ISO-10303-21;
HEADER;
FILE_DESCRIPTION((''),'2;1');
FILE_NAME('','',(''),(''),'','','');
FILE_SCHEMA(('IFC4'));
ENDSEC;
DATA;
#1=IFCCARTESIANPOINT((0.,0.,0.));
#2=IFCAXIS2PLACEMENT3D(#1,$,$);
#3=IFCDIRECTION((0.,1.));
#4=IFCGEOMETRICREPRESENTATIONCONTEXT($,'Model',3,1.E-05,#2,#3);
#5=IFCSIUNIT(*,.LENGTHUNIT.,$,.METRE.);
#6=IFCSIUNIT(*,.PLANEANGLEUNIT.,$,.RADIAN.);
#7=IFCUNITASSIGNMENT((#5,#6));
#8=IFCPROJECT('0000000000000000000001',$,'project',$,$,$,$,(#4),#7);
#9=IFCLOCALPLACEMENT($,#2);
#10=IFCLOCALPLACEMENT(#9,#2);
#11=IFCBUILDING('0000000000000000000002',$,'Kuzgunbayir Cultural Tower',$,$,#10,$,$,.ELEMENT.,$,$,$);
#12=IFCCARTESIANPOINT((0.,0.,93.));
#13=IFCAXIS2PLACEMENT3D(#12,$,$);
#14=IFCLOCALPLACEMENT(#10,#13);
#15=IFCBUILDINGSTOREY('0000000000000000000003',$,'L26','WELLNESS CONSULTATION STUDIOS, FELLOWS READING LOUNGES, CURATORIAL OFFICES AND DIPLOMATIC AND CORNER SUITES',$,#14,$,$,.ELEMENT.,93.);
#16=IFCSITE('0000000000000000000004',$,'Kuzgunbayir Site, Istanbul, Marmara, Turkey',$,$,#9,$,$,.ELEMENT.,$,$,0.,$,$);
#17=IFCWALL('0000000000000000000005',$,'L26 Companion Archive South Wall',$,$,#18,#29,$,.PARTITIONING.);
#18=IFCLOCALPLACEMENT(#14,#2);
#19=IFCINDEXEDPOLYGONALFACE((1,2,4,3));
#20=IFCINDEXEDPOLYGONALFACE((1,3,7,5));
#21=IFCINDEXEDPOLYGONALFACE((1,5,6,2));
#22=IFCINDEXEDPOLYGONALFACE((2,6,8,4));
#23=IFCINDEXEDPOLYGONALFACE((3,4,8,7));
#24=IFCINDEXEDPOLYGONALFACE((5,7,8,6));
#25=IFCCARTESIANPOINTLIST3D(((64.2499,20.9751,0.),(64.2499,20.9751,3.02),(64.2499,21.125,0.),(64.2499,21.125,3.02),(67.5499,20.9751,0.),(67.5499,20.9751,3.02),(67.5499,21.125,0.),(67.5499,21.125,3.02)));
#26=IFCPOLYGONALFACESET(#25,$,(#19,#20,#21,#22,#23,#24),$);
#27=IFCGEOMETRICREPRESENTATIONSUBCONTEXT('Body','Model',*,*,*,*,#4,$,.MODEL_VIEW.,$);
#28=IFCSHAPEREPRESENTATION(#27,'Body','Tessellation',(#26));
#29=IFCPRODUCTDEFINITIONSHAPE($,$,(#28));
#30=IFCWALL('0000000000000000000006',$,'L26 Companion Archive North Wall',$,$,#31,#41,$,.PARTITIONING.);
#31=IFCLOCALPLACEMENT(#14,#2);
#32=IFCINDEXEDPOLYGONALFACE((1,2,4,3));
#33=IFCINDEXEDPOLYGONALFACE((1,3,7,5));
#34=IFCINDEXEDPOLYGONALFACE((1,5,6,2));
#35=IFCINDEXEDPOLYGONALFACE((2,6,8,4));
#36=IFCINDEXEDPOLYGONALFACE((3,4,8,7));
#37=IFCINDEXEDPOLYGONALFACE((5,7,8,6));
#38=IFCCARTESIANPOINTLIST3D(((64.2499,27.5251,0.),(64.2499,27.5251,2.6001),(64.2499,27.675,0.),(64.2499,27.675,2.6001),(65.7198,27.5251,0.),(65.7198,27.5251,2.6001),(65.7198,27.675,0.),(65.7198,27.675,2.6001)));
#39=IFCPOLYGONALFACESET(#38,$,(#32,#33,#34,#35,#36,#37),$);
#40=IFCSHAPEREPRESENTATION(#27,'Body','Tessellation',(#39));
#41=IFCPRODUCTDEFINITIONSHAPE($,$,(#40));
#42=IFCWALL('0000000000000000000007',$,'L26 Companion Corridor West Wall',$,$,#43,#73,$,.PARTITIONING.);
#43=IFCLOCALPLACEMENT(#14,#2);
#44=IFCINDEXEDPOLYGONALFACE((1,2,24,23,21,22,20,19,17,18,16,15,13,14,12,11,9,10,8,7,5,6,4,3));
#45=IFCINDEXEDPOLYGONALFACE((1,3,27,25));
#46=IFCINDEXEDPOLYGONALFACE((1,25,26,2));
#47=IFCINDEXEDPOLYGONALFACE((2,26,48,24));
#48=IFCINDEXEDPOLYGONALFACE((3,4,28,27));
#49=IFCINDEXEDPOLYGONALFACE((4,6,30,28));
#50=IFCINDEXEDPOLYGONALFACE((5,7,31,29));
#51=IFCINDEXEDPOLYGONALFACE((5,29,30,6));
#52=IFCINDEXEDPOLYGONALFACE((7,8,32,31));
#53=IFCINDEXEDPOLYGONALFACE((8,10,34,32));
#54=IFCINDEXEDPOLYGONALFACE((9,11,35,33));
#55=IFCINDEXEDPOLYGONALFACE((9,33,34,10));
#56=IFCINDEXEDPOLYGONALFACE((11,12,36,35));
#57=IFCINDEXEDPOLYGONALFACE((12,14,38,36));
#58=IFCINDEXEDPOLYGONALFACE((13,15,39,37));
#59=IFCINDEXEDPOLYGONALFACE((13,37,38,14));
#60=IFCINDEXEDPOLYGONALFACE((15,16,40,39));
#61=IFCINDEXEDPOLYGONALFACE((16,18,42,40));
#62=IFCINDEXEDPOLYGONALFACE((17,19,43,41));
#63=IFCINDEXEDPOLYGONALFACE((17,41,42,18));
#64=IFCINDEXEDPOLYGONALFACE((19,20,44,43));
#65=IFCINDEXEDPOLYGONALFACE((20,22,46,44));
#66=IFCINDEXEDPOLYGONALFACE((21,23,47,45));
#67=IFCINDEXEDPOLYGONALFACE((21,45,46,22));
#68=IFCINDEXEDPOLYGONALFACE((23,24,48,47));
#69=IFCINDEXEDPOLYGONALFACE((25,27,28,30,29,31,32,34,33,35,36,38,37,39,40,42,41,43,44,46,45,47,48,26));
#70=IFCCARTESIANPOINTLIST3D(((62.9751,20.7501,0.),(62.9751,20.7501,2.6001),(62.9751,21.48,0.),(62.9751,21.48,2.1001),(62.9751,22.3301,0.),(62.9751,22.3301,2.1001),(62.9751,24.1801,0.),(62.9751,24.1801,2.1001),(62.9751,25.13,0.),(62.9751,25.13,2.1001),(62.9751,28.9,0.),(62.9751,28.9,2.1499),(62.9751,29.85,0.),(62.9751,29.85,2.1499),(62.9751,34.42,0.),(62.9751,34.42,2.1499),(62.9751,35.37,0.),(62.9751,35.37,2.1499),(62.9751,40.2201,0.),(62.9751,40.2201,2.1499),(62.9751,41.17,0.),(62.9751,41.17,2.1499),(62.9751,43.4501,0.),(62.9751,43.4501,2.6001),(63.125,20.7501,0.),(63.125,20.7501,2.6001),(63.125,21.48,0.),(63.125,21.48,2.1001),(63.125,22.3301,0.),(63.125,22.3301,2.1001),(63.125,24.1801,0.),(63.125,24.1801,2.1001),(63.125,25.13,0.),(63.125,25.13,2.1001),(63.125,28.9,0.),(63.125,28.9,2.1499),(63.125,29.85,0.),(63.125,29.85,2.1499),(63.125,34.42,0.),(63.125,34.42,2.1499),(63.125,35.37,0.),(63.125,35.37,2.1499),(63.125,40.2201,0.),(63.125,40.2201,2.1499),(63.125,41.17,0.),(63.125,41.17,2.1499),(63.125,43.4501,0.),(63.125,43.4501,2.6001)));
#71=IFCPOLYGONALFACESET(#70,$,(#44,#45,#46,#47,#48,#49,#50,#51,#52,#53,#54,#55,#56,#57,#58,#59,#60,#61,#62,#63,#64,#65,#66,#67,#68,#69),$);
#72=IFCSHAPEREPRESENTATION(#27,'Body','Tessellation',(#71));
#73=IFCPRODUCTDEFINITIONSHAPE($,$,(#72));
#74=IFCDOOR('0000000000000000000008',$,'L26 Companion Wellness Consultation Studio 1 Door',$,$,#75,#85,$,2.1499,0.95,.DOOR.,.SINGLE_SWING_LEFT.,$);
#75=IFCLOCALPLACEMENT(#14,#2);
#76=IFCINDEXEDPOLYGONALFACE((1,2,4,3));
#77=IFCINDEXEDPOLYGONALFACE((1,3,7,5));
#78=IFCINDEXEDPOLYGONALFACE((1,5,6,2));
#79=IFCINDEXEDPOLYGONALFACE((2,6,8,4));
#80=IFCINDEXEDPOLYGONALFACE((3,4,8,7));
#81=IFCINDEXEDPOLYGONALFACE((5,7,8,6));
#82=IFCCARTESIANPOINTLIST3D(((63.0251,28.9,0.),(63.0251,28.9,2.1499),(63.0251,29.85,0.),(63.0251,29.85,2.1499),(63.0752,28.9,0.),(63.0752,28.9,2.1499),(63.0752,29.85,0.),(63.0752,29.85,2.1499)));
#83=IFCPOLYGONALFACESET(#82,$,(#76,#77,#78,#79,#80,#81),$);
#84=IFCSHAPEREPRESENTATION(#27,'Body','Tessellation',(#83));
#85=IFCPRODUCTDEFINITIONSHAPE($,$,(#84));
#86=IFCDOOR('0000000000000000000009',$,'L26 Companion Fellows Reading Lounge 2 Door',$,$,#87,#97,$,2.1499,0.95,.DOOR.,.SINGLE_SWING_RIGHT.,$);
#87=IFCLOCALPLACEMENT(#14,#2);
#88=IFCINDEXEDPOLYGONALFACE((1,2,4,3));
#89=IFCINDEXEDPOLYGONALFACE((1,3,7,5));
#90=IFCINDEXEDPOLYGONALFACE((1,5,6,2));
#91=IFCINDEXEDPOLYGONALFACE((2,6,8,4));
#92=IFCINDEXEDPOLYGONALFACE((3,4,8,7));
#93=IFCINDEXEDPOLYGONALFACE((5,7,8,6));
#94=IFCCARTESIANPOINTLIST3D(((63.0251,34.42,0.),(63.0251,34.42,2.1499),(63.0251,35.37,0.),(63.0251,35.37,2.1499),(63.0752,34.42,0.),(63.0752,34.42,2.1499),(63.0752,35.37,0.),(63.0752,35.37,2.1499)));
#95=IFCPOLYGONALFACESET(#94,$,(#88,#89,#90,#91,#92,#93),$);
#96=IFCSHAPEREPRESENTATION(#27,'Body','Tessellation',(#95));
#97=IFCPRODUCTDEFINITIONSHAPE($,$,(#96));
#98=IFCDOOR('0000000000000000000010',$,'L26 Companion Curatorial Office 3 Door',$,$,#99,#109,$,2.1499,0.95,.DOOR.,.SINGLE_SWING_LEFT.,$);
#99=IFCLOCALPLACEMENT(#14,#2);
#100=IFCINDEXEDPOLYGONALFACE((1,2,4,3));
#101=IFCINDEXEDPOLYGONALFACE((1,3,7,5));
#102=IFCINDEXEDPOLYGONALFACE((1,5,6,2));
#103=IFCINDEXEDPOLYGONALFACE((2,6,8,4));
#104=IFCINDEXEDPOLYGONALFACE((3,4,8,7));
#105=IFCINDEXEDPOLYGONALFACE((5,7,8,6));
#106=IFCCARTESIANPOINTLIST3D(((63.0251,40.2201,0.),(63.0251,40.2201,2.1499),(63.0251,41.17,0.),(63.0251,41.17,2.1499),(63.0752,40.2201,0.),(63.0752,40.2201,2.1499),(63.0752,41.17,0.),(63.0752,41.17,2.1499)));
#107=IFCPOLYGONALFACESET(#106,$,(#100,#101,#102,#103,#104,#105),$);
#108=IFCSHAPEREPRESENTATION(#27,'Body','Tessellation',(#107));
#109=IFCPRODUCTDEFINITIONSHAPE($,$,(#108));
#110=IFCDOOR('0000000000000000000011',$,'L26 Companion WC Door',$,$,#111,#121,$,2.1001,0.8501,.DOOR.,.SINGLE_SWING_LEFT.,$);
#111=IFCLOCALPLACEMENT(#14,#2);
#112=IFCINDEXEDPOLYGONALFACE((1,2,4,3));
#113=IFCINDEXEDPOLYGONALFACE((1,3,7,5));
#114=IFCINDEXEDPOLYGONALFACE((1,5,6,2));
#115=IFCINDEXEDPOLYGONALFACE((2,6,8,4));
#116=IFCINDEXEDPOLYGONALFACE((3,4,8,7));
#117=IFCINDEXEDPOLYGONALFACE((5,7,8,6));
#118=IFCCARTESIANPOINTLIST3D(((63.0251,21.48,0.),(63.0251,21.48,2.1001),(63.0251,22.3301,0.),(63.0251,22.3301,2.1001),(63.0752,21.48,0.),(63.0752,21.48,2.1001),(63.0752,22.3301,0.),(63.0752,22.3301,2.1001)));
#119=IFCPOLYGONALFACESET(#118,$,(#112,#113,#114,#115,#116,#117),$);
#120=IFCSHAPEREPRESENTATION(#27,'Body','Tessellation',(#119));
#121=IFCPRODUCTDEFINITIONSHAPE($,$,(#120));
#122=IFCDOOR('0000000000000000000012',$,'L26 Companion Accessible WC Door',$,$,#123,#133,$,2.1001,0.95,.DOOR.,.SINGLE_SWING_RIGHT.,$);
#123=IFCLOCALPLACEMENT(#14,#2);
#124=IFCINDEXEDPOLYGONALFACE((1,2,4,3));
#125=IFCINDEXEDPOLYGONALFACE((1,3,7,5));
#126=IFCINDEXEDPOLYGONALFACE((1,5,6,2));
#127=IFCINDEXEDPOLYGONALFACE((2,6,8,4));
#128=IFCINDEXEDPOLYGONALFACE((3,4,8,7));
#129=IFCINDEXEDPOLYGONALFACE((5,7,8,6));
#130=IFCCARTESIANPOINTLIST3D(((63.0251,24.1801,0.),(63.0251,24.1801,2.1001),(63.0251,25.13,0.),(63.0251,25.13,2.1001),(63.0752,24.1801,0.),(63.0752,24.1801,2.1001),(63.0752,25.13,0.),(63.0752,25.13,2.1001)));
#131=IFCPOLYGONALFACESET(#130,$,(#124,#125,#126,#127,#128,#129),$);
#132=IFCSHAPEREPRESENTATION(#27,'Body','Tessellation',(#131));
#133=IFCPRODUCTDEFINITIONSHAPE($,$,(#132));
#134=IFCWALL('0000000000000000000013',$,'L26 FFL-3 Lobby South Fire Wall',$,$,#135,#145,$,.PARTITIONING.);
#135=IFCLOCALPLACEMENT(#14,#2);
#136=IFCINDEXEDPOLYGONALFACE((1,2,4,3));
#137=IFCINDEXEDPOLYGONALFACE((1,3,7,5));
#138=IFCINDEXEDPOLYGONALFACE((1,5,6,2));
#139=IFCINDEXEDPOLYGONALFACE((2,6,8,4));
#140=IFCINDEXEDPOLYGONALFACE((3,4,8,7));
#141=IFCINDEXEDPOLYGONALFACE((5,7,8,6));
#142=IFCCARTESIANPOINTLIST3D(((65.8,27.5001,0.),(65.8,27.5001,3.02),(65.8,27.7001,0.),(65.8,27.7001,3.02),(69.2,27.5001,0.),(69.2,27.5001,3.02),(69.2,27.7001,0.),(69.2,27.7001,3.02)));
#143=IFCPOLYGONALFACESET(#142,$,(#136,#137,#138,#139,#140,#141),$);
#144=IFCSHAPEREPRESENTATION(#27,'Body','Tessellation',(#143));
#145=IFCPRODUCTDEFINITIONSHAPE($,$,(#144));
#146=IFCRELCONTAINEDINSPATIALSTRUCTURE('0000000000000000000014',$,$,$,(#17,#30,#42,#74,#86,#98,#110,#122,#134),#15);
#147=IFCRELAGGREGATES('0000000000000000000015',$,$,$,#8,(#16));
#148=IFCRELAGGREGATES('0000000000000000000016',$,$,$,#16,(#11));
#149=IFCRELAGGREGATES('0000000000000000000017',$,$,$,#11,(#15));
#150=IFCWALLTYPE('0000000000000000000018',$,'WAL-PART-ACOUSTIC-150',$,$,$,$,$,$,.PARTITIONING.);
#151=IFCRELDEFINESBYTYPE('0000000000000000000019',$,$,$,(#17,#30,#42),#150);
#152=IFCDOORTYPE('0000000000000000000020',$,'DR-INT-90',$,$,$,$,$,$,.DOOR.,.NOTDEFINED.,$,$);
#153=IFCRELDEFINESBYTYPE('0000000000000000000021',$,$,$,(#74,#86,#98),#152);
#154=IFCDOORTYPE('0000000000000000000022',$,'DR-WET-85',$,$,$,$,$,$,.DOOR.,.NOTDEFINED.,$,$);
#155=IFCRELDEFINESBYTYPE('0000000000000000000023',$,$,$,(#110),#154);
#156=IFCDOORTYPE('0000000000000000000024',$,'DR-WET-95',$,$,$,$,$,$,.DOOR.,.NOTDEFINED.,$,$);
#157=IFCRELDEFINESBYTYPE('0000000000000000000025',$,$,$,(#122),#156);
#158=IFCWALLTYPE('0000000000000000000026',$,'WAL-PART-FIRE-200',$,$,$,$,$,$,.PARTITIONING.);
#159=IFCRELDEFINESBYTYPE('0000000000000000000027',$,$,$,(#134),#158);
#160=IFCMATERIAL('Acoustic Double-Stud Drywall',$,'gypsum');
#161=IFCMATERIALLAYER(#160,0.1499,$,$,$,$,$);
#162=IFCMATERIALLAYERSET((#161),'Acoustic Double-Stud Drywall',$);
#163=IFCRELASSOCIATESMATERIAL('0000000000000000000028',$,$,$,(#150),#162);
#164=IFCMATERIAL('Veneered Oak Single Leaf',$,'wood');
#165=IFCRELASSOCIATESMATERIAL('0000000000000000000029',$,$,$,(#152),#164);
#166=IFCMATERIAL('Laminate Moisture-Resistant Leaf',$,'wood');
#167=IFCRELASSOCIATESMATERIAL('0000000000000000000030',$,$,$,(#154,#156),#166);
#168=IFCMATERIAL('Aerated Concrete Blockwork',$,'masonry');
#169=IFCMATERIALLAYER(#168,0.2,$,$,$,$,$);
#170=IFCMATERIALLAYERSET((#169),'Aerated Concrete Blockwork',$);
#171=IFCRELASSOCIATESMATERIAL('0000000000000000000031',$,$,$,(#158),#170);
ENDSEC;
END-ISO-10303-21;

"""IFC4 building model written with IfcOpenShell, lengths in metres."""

from ifc_helpers import new_model, si_unit, direction, frame, frame_2d, origin, place, context, subcontext, project, spatial, rectangle, extrude, material, layer, layer_set, type_object, element, fill, save


model = new_model("IFC4")

# Units and contexts
model_context = context("Model", 3, precision=1e-05, world=origin(), true_north=direction((0.0, 1.0)))
body_context = subcontext(model_context, "Body", "Model", "MODEL_VIEW")
ifc_project = project(units=[si_unit("LENGTHUNIT", "METRE"), si_unit("PLANEANGLEUNIT", "RADIAN")], contexts=[model_context])

# Site, building, storey
site_placement = place(None, origin())
site = spatial("IfcSite", under=ifc_project, at=site_placement, Name="Kuzgunbayir Site, Istanbul, Marmara, Turkey", CompositionType="ELEMENT", RefElevation=0.0)
building_placement = place(site_placement, origin())
building = spatial("IfcBuilding", under=site, at=building_placement, Name="Kuzgunbayir Cultural Tower", CompositionType="ELEMENT")
storey_placement = place(building_placement, frame((0.0, 0.0, 93.0)))
storey = spatial("IfcBuildingStorey", under=building, at=storey_placement, Name="L26", Description="WELLNESS CONSULTATION STUDIOS, FELLOWS READING LOUNGES, CURATORIAL OFFICES AND DIPLOMATIC AND CORNER SUITES", CompositionType="ELEMENT", Elevation=93.0)

# Shared definitions
ifc_material_1 = material(Name="Acoustic Double-Stud Drywall", Category="gypsum")
ifc_layer_1 = layer(ifc_material_1, 0.1499)
ifc_layer_set_1 = layer_set([ifc_layer_1], Name="Acoustic Double-Stud Drywall")
wall_type_1 = type_object("IfcWallType", Name="WAL-PART-ACOUSTIC-150", PredefinedType="PARTITIONING", material=ifc_layer_set_1)
ifc_material_2 = material(Name="Veneered Oak Single Leaf", Category="wood")
door_type_1 = type_object("IfcDoorType", Name="DR-INT-90", OperationType="NOTDEFINED", PredefinedType="DOOR", material=ifc_material_2)

# Walls
wall_1_placement = place(storey_placement, frame((64.25, 21.05, 0.0), z_axis=(0.0, 0.0, 1.0), x_axis=(1.0, 0.0, 0.0)))
element("IfcWall", 1, at=wall_1_placement, inside=storey, type_object=wall_type_1, Name="L26 Companion Archive South Wall", PredefinedType="PARTITIONING", context=body_context, shape_type="SweptSolid", body=[
    extrude(rectangle(XDim=3.3, YDim=0.1499, at=frame_2d((1.6499, 0.0))), origin(), (0.0, 0.0, 1.0), 3.02),
])
wall_2_placement = place(storey_placement, frame((64.25, 27.6001, 0.0), z_axis=(0.0, 0.0, 1.0), x_axis=(1.0, 0.0, 0.0)))
element("IfcWall", 2, at=wall_2_placement, inside=storey, type_object=wall_type_1, Name="L26 Companion Archive North Wall", PredefinedType="PARTITIONING", context=body_context, shape_type="SweptSolid", body=[
    extrude(rectangle(XDim=1.47, YDim=0.1499, at=frame_2d((0.7349, 0.0))), origin(), (0.0, 0.0, 1.0), 2.6001),
])

# Wall, openings, doors
wall_3_placement = place(storey_placement, frame((63.05, 20.75, 0.0), z_axis=(0.0, 0.0, 1.0), x_axis=(0.0, 1.0, 0.0)))
wall_3 = element("IfcWall", 3, at=wall_3_placement, inside=storey, type_object=wall_type_1, Name="L26 Companion Corridor West Wall", PredefinedType="PARTITIONING", context=body_context, shape_type="SweptSolid", body=[
    extrude(rectangle(XDim=22.7, YDim=0.1499, at=frame_2d((11.3501, 0.0))), origin(), (0.0, 0.0, 1.0), 2.6001),
])
opening_1_placement = place(wall_3_placement, frame((0.73, 0.0, 0.0)))
opening_1 = element("IfcOpeningElement", 4, at=opening_1_placement, cuts=wall_3, PredefinedType="OPENING", context=body_context, shape_type="SweptSolid", body=[
    extrude(rectangle(XDim=0.8501, YDim=2.1001, at=frame_2d((0.425, 1.05))), frame((0.0, 0.085, 0.0), z_axis=(0.0, -1.0, 0.0), x_axis=(1.0, 0.0, 0.0)), (0.0, 0.0, 1.0), 0.1699),
])
opening_2_placement = place(wall_3_placement, frame((3.4299, 0.0, 0.0)))
opening_2 = element("IfcOpeningElement", 5, at=opening_2_placement, cuts=wall_3, PredefinedType="OPENING", context=body_context, shape_type="SweptSolid", body=[
    extrude(rectangle(XDim=0.95, YDim=2.1001, at=frame_2d((0.4751, 1.05))), frame((0.0, 0.085, 0.0), z_axis=(0.0, -1.0, 0.0), x_axis=(1.0, 0.0, 0.0)), (0.0, 0.0, 1.0), 0.1699),
])
opening_3_placement = place(wall_3_placement, frame((8.1499, 0.0, 0.0)))
opening_3 = element("IfcOpeningElement", 6, at=opening_3_placement, cuts=wall_3, PredefinedType="OPENING", context=body_context, shape_type="SweptSolid", body=[
    extrude(rectangle(XDim=0.95, YDim=2.1499, at=frame_2d((0.4751, 1.075))), frame((0.0, 0.085, 0.0), z_axis=(0.0, -1.0, 0.0), x_axis=(1.0, 0.0, 0.0)), (0.0, 0.0, 1.0), 0.1699),
])
opening_4_placement = place(wall_3_placement, frame((13.6699, 0.0, 0.0)))
opening_4 = element("IfcOpeningElement", 7, at=opening_4_placement, cuts=wall_3, PredefinedType="OPENING", context=body_context, shape_type="SweptSolid", body=[
    extrude(rectangle(XDim=0.95, YDim=2.1499, at=frame_2d((0.4751, 1.075))), frame((0.0, 0.085, 0.0), z_axis=(0.0, -1.0, 0.0), x_axis=(1.0, 0.0, 0.0)), (0.0, 0.0, 1.0), 0.1699),
])
opening_5_placement = place(wall_3_placement, frame((19.47, 0.0, 0.0)))
opening_5 = element("IfcOpeningElement", 8, at=opening_5_placement, cuts=wall_3, PredefinedType="OPENING", context=body_context, shape_type="SweptSolid", body=[
    extrude(rectangle(XDim=0.95, YDim=2.1499, at=frame_2d((0.4751, 1.075))), frame((0.0, 0.085, 0.0), z_axis=(0.0, -1.0, 0.0), x_axis=(1.0, 0.0, 0.0)), (0.0, 0.0, 1.0), 0.1699),
])
door_1_placement = place(opening_3_placement, origin())
door_1 = element("IfcDoor", 9, at=door_1_placement, inside=storey, type_object=door_type_1, Name="L26 Companion Wellness Consultation Studio 1 Door", OperationType="SINGLE_SWING_LEFT", OverallHeight=2.1499, OverallWidth=0.95, PredefinedType="DOOR", context=body_context, shape_type="SweptSolid", body=[
    extrude(rectangle(XDim=0.95, YDim=2.1499, at=frame_2d((0.4751, 1.075))), frame((0.0, 0.0249, 0.0), z_axis=(0.0, -1.0, 0.0), x_axis=(1.0, 0.0, 0.0)), (0.0, 0.0, 1.0), 0.05),
])
fill(opening_3, door_1)
door_2_placement = place(opening_4_placement, origin())
door_2 = element("IfcDoor", 10, at=door_2_placement, inside=storey, type_object=door_type_1, Name="L26 Companion Fellows Reading Lounge 2 Door", OperationType="SINGLE_SWING_RIGHT", OverallHeight=2.1499, OverallWidth=0.95, PredefinedType="DOOR", context=body_context, shape_type="SweptSolid", body=[
    extrude(rectangle(XDim=0.95, YDim=2.1499, at=frame_2d((0.4751, 1.075))), frame((0.0, 0.0249, 0.0), z_axis=(0.0, -1.0, 0.0), x_axis=(1.0, 0.0, 0.0)), (0.0, 0.0, 1.0), 0.05),
])
fill(opening_4, door_2)
door_3_placement = place(opening_5_placement, origin())
door_3 = element("IfcDoor", 11, at=door_3_placement, inside=storey, type_object=door_type_1, Name="L26 Companion Curatorial Office 3 Door", OperationType="SINGLE_SWING_LEFT", OverallHeight=2.1499, OverallWidth=0.95, PredefinedType="DOOR", context=body_context, shape_type="SweptSolid", body=[
    extrude(rectangle(XDim=0.95, YDim=2.1499, at=frame_2d((0.4751, 1.075))), frame((0.0, 0.0249, 0.0), z_axis=(0.0, -1.0, 0.0), x_axis=(1.0, 0.0, 0.0)), (0.0, 0.0, 1.0), 0.05),
])
fill(opening_5, door_3)
ifc_material_3 = material(Name="Laminate Moisture-Resistant Leaf", Category="wood")
door_type_2 = type_object("IfcDoorType", Name="DR-WET-85", OperationType="NOTDEFINED", PredefinedType="DOOR", material=ifc_material_3)
door_4_placement = place(opening_1_placement, origin())
door_4 = element("IfcDoor", 12, at=door_4_placement, inside=storey, type_object=door_type_2, Name="L26 Companion WC Door", OperationType="SINGLE_SWING_LEFT", OverallHeight=2.1001, OverallWidth=0.8501, PredefinedType="DOOR", context=body_context, shape_type="SweptSolid", body=[
    extrude(rectangle(XDim=0.8501, YDim=2.1001, at=frame_2d((0.425, 1.05))), frame((0.0, 0.0249, 0.0), z_axis=(0.0, -1.0, 0.0), x_axis=(1.0, 0.0, 0.0)), (0.0, 0.0, 1.0), 0.05),
])
fill(opening_1, door_4)
door_type_3 = type_object("IfcDoorType", Name="DR-WET-95", OperationType="NOTDEFINED", PredefinedType="DOOR", material=ifc_material_3)
door_5_placement = place(opening_2_placement, origin())
door_5 = element("IfcDoor", 13, at=door_5_placement, inside=storey, type_object=door_type_3, Name="L26 Companion Accessible WC Door", OperationType="SINGLE_SWING_RIGHT", OverallHeight=2.1001, OverallWidth=0.95, PredefinedType="DOOR", context=body_context, shape_type="SweptSolid", body=[
    extrude(rectangle(XDim=0.95, YDim=2.1001, at=frame_2d((0.4751, 1.05))), frame((0.0, 0.0249, 0.0), z_axis=(0.0, -1.0, 0.0), x_axis=(1.0, 0.0, 0.0)), (0.0, 0.0, 1.0), 0.05),
])
fill(opening_2, door_5)

# Shared definitions
ifc_material_4 = material(Name="Aerated Concrete Blockwork", Category="masonry")
ifc_layer_2 = layer(ifc_material_4, 0.2)
ifc_layer_set_2 = layer_set([ifc_layer_2], Name="Aerated Concrete Blockwork")
wall_type_2 = type_object("IfcWallType", Name="WAL-PART-FIRE-200", PredefinedType="PARTITIONING", material=ifc_layer_set_2)

# Wall
wall_4_placement = place(storey_placement, frame((65.8, 27.6001, 0.0), z_axis=(0.0, 0.0, 1.0), x_axis=(1.0, 0.0, 0.0)))
element("IfcWall", 14, at=wall_4_placement, inside=storey, type_object=wall_type_2, Name="L26 FFL-3 Lobby South Fire Wall", PredefinedType="PARTITIONING", context=body_context, shape_type="SweptSolid", body=[
    extrude(rectangle(XDim=3.3999, YDim=0.2, at=frame_2d((1.7, 0.0))), origin(), (0.0, 0.0, 1.0), 3.02),
])

save(model, "model.ifc")
